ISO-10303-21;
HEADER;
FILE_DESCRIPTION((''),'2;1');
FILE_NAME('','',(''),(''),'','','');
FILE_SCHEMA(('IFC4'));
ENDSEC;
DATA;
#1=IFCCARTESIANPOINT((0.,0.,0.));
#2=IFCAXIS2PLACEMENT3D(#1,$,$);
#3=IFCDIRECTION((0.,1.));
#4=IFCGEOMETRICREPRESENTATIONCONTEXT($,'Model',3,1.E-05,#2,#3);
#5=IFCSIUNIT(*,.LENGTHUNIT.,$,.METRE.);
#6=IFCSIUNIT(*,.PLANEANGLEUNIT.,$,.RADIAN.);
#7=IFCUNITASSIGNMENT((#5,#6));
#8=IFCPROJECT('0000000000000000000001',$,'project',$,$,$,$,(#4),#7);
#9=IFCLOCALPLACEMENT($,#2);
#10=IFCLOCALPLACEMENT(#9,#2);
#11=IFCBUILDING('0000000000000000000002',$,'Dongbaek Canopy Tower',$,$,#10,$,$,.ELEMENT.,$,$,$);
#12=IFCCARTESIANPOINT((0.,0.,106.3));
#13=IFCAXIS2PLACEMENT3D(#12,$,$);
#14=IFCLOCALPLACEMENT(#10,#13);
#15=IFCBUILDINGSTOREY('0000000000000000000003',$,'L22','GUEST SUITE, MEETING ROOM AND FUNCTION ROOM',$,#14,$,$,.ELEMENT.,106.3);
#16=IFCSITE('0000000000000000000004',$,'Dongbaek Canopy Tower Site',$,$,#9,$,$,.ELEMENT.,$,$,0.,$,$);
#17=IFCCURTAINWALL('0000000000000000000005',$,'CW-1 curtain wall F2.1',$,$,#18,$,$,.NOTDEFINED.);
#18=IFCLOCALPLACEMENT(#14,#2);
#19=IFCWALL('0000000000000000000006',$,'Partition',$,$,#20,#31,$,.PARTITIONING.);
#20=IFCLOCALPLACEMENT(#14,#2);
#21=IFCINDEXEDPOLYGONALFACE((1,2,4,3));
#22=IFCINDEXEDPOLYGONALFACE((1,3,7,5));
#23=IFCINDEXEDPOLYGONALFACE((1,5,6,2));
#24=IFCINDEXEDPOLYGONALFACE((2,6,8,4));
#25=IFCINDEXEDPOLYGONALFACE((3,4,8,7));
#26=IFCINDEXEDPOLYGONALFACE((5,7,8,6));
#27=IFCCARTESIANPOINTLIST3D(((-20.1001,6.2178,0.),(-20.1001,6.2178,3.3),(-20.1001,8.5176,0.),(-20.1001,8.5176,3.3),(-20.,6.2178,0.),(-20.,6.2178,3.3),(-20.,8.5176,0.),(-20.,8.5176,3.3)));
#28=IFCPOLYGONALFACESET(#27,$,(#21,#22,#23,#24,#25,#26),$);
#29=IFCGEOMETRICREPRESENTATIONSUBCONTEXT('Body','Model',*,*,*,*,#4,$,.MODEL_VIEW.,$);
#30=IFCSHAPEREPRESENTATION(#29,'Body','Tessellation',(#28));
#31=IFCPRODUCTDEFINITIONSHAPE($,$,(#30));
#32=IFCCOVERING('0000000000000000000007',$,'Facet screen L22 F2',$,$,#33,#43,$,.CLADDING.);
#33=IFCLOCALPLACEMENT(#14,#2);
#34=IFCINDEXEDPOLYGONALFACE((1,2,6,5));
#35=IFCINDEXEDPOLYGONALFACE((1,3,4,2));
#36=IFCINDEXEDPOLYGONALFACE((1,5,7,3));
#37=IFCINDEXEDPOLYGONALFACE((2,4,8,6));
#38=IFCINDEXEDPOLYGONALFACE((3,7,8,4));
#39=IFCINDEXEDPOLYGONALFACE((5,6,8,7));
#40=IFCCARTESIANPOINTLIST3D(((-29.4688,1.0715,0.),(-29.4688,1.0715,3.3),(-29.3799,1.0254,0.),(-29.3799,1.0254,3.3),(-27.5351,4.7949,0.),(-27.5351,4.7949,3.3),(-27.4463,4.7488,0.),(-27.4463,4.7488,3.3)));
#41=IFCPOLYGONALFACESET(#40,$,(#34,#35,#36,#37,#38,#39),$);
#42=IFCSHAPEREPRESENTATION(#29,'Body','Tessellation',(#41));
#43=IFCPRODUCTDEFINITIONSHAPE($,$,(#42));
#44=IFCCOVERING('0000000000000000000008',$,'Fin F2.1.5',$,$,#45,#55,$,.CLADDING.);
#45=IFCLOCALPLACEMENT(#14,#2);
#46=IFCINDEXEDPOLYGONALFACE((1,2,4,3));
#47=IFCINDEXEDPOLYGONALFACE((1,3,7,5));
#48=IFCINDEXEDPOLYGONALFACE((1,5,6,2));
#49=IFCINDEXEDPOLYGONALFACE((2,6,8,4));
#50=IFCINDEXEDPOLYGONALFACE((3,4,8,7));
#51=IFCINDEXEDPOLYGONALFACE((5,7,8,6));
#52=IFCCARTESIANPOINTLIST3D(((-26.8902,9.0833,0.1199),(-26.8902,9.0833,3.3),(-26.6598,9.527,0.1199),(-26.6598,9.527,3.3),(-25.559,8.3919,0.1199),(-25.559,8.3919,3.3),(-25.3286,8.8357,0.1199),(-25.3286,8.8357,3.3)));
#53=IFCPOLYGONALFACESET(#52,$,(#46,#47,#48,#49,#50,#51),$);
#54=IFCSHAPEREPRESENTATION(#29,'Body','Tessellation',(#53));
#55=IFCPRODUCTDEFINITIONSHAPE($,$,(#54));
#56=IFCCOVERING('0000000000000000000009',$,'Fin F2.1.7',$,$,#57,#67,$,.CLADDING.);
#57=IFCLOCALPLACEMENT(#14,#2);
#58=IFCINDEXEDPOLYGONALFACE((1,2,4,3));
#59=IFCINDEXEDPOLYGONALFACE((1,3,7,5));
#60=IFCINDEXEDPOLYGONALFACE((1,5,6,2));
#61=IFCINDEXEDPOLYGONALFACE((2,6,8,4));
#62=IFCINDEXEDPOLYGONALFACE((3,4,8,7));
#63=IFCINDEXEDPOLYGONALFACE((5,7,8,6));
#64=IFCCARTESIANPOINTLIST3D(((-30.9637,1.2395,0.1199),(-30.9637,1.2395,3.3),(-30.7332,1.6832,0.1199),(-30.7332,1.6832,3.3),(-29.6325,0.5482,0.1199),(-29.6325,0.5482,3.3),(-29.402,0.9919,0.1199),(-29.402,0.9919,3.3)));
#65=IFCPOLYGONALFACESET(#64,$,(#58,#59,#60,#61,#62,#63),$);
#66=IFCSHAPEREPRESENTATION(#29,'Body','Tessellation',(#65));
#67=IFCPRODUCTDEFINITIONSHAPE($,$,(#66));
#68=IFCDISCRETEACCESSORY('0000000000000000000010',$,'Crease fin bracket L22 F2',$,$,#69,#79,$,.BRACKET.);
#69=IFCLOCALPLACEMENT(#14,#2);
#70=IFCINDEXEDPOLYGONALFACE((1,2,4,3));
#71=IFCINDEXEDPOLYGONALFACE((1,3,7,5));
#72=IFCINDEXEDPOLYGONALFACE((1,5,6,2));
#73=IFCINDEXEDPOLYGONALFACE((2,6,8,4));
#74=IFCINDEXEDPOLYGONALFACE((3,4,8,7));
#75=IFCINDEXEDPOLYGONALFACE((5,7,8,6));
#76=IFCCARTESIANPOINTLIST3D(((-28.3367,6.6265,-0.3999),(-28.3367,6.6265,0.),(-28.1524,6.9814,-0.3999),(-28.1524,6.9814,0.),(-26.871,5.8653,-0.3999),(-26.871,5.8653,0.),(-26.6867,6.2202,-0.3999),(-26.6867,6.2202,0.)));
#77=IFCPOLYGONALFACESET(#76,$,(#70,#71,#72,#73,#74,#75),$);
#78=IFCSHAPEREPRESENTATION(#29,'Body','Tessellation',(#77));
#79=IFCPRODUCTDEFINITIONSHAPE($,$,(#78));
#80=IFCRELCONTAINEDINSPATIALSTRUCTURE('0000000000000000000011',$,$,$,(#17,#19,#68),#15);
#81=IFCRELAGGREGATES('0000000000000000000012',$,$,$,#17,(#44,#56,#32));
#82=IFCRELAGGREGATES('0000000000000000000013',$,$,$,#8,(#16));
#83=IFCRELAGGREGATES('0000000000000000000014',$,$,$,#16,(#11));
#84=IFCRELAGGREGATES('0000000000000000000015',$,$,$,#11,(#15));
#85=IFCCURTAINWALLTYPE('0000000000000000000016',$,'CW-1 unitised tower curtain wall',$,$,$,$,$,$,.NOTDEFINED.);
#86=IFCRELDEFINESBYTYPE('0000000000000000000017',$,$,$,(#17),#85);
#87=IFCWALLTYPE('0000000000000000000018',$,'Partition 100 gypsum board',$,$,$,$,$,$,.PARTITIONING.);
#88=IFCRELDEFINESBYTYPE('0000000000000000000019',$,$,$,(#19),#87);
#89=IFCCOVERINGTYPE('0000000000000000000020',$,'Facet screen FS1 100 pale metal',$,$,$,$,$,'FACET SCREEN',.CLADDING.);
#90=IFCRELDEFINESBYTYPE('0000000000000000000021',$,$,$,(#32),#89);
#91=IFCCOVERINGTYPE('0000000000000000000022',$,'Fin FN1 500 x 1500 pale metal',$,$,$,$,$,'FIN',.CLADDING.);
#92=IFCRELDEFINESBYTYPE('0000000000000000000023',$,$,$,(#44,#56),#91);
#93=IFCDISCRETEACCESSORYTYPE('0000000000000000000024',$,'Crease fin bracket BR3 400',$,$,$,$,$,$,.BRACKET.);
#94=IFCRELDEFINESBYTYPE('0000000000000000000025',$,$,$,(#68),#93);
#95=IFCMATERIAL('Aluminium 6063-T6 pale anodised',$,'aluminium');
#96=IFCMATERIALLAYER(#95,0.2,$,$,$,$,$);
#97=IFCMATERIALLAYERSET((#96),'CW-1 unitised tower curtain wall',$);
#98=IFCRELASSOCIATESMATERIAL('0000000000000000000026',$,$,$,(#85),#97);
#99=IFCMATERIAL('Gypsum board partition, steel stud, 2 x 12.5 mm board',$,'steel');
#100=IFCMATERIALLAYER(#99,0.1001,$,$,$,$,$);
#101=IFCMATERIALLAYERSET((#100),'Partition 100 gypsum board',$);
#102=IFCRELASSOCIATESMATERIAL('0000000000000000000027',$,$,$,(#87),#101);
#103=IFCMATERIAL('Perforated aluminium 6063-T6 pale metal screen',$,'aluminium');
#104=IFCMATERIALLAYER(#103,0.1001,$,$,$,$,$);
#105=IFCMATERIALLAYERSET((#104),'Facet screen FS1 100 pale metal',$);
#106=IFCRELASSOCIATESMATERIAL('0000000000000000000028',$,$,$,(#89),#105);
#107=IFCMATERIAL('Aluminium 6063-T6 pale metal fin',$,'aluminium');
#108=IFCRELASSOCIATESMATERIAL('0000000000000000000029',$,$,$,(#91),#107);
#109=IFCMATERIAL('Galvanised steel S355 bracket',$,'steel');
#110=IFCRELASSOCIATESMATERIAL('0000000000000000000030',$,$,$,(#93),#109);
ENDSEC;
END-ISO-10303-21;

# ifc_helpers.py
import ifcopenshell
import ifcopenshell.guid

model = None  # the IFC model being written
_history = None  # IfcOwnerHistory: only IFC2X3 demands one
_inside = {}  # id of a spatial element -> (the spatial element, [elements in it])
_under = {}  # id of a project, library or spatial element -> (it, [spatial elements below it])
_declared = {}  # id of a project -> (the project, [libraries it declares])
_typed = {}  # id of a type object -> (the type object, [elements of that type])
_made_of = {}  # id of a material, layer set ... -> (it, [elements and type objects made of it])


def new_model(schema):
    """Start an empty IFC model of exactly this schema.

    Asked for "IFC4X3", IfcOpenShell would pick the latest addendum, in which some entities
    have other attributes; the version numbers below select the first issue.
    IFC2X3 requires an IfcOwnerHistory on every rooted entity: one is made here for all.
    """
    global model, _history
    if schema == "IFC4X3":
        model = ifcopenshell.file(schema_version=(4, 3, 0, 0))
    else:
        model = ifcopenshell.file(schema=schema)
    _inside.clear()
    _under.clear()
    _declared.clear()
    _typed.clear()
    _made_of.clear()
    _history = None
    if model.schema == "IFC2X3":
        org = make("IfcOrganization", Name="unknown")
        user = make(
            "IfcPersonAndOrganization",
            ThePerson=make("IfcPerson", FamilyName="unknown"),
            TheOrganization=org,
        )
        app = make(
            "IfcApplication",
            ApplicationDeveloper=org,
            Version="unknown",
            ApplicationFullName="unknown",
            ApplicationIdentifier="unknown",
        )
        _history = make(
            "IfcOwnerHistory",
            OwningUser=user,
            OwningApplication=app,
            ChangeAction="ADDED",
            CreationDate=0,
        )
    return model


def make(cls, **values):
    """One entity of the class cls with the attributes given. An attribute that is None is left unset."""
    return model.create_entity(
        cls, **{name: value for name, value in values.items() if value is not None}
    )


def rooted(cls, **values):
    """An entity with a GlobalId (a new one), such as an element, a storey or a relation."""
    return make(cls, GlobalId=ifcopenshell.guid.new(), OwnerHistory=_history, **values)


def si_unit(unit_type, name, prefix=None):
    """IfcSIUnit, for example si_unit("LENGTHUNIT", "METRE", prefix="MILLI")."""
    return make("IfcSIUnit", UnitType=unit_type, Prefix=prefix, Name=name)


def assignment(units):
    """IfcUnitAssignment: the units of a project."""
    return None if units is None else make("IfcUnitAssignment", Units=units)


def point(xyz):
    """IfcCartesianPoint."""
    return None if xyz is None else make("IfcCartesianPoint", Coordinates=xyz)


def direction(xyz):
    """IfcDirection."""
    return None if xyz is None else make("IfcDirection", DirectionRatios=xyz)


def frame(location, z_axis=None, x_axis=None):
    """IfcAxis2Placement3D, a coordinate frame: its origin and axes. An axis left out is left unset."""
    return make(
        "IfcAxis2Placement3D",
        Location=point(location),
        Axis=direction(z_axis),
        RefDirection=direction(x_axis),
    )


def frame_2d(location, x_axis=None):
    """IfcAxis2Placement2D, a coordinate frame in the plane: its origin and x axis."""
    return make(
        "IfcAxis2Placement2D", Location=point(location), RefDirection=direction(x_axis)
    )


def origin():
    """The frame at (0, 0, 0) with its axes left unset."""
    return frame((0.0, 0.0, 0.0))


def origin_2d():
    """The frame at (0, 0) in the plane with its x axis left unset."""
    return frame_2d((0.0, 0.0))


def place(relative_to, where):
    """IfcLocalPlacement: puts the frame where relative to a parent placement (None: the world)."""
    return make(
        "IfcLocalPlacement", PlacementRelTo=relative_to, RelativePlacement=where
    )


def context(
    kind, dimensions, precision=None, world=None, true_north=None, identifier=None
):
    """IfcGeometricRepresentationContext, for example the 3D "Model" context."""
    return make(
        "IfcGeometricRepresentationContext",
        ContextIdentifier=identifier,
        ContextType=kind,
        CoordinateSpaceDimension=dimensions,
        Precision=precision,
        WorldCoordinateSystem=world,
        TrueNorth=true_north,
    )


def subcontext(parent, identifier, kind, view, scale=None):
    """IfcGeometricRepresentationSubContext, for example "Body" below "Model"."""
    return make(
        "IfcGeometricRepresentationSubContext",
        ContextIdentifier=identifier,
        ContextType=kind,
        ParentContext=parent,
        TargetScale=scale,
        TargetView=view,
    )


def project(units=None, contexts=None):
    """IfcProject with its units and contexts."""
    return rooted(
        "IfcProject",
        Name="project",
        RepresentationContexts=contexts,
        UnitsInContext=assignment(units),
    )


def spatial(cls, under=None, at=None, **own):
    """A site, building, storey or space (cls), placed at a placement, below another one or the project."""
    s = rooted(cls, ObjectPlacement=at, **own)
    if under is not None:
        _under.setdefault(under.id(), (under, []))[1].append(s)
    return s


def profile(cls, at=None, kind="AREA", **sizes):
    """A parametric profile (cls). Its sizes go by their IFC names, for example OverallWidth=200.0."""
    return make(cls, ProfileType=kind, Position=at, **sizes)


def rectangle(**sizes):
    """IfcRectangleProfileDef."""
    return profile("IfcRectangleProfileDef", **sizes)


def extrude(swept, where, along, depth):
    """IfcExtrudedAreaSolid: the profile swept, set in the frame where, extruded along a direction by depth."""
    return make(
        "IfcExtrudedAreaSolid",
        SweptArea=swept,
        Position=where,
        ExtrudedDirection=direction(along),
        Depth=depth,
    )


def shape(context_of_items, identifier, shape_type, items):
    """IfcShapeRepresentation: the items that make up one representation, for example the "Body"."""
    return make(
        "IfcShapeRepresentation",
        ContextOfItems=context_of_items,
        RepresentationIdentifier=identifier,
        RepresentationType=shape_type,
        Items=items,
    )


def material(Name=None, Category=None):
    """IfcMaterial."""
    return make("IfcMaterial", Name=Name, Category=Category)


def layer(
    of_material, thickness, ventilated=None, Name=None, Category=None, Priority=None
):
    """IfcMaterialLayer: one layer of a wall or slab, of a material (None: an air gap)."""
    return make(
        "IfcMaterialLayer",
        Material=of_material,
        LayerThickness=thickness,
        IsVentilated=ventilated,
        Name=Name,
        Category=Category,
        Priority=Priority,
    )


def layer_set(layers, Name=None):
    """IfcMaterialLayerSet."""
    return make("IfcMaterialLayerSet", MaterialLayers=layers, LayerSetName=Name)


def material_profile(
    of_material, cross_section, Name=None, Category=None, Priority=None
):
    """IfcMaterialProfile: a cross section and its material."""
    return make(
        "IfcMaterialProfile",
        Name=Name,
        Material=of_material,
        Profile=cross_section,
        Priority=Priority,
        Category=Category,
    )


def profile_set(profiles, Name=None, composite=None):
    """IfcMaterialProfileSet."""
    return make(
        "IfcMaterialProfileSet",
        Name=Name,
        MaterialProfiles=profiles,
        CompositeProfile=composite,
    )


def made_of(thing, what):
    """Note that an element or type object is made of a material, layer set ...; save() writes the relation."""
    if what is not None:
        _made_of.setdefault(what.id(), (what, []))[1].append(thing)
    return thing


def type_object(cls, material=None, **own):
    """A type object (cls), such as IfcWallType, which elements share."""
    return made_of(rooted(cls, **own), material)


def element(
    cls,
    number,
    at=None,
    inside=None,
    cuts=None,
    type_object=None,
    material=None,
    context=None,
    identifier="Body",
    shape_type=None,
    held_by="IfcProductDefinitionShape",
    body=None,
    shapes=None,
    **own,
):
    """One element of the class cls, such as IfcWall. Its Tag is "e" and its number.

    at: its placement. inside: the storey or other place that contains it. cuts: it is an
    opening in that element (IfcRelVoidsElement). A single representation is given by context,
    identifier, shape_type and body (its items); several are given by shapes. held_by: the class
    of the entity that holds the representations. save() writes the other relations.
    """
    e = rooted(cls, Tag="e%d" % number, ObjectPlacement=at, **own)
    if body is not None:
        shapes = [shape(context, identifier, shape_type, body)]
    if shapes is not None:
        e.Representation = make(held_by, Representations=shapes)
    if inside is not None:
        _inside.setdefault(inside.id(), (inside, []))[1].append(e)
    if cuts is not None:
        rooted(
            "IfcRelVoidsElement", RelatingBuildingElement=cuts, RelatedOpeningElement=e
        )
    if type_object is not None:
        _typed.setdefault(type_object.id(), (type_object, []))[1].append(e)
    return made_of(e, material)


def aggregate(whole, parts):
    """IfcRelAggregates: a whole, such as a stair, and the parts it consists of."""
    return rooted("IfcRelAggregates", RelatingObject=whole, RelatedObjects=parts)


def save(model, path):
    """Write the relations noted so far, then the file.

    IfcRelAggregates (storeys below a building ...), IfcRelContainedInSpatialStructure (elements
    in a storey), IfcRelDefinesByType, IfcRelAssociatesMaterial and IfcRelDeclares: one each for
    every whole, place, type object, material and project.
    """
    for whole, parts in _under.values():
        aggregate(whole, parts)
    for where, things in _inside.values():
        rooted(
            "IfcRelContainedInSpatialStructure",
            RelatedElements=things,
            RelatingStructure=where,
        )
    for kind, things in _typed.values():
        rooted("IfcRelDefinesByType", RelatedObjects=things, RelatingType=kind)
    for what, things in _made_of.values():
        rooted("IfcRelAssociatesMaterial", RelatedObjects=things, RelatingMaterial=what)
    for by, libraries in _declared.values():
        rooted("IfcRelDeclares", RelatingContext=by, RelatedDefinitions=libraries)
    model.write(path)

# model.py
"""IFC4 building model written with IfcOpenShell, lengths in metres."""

from ifc_helpers import new_model, si_unit, direction, frame, frame_2d, origin, origin_2d, place, context, subcontext, project, spatial, rectangle, extrude, material, layer, layer_set, material_profile, profile_set, type_object, element, aggregate, save


model = new_model("IFC4")

# Units and contexts
model_context = context("Model", 3, precision=1e-05, world=origin(), true_north=direction((0.0, 1.0)))
body_context = subcontext(model_context, "Body", "Model", "MODEL_VIEW")
ifc_project = project(units=[si_unit("LENGTHUNIT", "METRE"), si_unit("PLANEANGLEUNIT", "RADIAN")], contexts=[model_context])

# Site, building, storey
site_placement = place(None, origin())
site = spatial("IfcSite", under=ifc_project, at=site_placement, Name="Dongbaek Canopy Tower Site", CompositionType="ELEMENT", RefElevation=0.0)
building_placement = place(site_placement, origin())
building = spatial("IfcBuilding", under=site, at=building_placement, Name="Dongbaek Canopy Tower", CompositionType="ELEMENT")
storey_placement = place(building_placement, frame((0.0, 0.0, 106.3)))
storey = spatial("IfcBuildingStorey", under=building, at=storey_placement, Name="L22", Description="GUEST SUITE, MEETING ROOM AND FUNCTION ROOM", CompositionType="ELEMENT", Elevation=106.3)

# Curtain wall
ifc_material_1 = material(Name="Aluminium 6063-T6 pale anodised", Category="aluminium")
ifc_layer_1 = layer(ifc_material_1, 0.2)
ifc_layer_set_1 = layer_set([ifc_layer_1], Name="CW-1 unitised tower curtain wall")
curtain_wall_type = type_object("IfcCurtainWallType", Name="CW-1 unitised tower curtain wall", PredefinedType="NOTDEFINED", material=ifc_layer_set_1)
curtain_wall_placement = place(storey_placement, origin())
curtain_wall = element("IfcCurtainWall", 1, at=curtain_wall_placement, inside=storey, type_object=curtain_wall_type, Name="CW-1 curtain wall F2.1", PredefinedType="NOTDEFINED")

# Shared definitions
ifc_material_2 = material(Name="Gypsum board partition, steel stud, 2 x 12.5 mm board", Category="steel")
ifc_layer_2 = layer(ifc_material_2, 0.1001)
ifc_layer_set_2 = layer_set([ifc_layer_2], Name="Partition 100 gypsum board")
wall_type_1 = type_object("IfcWallType", Name="Partition 100 gypsum board", PredefinedType="PARTITIONING", material=ifc_layer_set_2)

# Wall
wall_1_placement = place(storey_placement, frame((-20.05, 6.2178, 0.0), z_axis=(0.0, 0.0, 1.0), x_axis=(0.0, 1.0, 0.0)))
element("IfcWall", 2, at=wall_1_placement, inside=storey, type_object=wall_type_1, Name="Partition", PredefinedType="PARTITIONING", context=body_context, shape_type="SweptSolid", body=[
    extrude(rectangle(XDim=2.2998, YDim=0.1001, at=frame_2d((1.1499, 0.0))), origin(), (0.0, 0.0, 1.0), 3.3),
])

# Coverings
ifc_material_3 = material(Name="Perforated aluminium 6063-T6 pale metal screen", Category="aluminium")
ifc_layer_3 = layer(ifc_material_3, 0.1001)
ifc_layer_set_3 = layer_set([ifc_layer_3], Name="Facet screen FS1 100 pale metal")
covering_type_1 = type_object("IfcCoveringType", Name="Facet screen FS1 100 pale metal", ElementType="FACET SCREEN", PredefinedType="CLADDING", material=ifc_layer_set_3)
covering_1_placement = place(storey_placement, frame((-28.4575, 2.9102, 0.0), z_axis=(0.0, 0.0, 1.0), x_axis=(-0.46088, -0.887463, 0.0)))
covering_1 = element("IfcCovering", 3, at=covering_1_placement, type_object=covering_type_1, Name="Facet screen L22 F2", PredefinedType="CLADDING", context=body_context, shape_type="SweptSolid", body=[
    extrude(rectangle(XDim=4.1956, YDim=0.1001, at=origin_2d()), origin(), (0.0, 0.0, 1.0), 3.3),
])
ifc_material_4 = material(Name="Aluminium 6063-T6 pale metal fin", Category="aluminium")
ifc_material_profile_1 = material_profile(ifc_material_4, rectangle(XDim=1.5, YDim=0.5, at=origin_2d()), Name="Fin FN1 500 x 1500 pale metal")
ifc_profile_set_1 = profile_set([ifc_material_profile_1], Name="Aluminium 6063-T6 pale metal fin")
covering_type_2 = type_object("IfcCoveringType", Name="Fin FN1 500 x 1500 pale metal", ElementType="FIN", PredefinedType="CLADDING", material=ifc_profile_set_1)
covering_2_placement = place(storey_placement, frame((-26.1094, 8.9595, 0.1199), z_axis=(0.0, 0.0, 1.0), x_axis=(-0.887463, 0.46088, 0.0)))
covering_2 = element("IfcCovering", 4, at=covering_2_placement, type_object=covering_type_2, Name="Fin F2.1.5", PredefinedType="CLADDING", context=body_context, shape_type="SweptSolid", body=[
    extrude(rectangle(XDim=1.5, YDim=0.5, at=origin_2d()), origin(), (0.0, 0.0, 1.0), 3.1802),
])
covering_3_placement = place(storey_placement, frame((-30.1829, 1.1157, 0.1199), z_axis=(0.0, 0.0, 1.0), x_axis=(-0.887463, 0.46088, 0.0)))
covering_3 = element("IfcCovering", 5, at=covering_3_placement, type_object=covering_type_2, Name="Fin F2.1.7", PredefinedType="CLADDING", context=body_context, shape_type="SweptSolid", body=[
    extrude(rectangle(XDim=1.5, YDim=0.5, at=origin_2d()), origin(), (0.0, 0.0, 1.0), 3.1802),
])
aggregate(curtain_wall, [covering_2, covering_3, covering_1])

# Discrete accessory
ifc_material_5 = material(Name="Galvanised steel S355 bracket", Category="steel")
discrete_accessory_type = type_object("IfcDiscreteAccessoryType", Name="Crease fin bracket BR3 400", PredefinedType="BRACKET", material=ifc_material_5)
discrete_accessory_placement = place(storey_placement, frame((-27.5117, 6.4233, -0.3999), z_axis=(0.0, 0.0, 1.0), x_axis=(-0.887463, 0.46088, 0.0)))
element("IfcDiscreteAccessory", 6, at=discrete_accessory_placement, inside=storey, type_object=discrete_accessory_type, Name="Crease fin bracket L22 F2", PredefinedType="BRACKET", context=body_context, shape_type="SweptSolid", body=[
    extrude(rectangle(XDim=1.6516, YDim=0.3999, at=origin_2d()), origin(), (0.0, 0.0, 1.0), 0.3999),
])

save(model, "model.ifc")
